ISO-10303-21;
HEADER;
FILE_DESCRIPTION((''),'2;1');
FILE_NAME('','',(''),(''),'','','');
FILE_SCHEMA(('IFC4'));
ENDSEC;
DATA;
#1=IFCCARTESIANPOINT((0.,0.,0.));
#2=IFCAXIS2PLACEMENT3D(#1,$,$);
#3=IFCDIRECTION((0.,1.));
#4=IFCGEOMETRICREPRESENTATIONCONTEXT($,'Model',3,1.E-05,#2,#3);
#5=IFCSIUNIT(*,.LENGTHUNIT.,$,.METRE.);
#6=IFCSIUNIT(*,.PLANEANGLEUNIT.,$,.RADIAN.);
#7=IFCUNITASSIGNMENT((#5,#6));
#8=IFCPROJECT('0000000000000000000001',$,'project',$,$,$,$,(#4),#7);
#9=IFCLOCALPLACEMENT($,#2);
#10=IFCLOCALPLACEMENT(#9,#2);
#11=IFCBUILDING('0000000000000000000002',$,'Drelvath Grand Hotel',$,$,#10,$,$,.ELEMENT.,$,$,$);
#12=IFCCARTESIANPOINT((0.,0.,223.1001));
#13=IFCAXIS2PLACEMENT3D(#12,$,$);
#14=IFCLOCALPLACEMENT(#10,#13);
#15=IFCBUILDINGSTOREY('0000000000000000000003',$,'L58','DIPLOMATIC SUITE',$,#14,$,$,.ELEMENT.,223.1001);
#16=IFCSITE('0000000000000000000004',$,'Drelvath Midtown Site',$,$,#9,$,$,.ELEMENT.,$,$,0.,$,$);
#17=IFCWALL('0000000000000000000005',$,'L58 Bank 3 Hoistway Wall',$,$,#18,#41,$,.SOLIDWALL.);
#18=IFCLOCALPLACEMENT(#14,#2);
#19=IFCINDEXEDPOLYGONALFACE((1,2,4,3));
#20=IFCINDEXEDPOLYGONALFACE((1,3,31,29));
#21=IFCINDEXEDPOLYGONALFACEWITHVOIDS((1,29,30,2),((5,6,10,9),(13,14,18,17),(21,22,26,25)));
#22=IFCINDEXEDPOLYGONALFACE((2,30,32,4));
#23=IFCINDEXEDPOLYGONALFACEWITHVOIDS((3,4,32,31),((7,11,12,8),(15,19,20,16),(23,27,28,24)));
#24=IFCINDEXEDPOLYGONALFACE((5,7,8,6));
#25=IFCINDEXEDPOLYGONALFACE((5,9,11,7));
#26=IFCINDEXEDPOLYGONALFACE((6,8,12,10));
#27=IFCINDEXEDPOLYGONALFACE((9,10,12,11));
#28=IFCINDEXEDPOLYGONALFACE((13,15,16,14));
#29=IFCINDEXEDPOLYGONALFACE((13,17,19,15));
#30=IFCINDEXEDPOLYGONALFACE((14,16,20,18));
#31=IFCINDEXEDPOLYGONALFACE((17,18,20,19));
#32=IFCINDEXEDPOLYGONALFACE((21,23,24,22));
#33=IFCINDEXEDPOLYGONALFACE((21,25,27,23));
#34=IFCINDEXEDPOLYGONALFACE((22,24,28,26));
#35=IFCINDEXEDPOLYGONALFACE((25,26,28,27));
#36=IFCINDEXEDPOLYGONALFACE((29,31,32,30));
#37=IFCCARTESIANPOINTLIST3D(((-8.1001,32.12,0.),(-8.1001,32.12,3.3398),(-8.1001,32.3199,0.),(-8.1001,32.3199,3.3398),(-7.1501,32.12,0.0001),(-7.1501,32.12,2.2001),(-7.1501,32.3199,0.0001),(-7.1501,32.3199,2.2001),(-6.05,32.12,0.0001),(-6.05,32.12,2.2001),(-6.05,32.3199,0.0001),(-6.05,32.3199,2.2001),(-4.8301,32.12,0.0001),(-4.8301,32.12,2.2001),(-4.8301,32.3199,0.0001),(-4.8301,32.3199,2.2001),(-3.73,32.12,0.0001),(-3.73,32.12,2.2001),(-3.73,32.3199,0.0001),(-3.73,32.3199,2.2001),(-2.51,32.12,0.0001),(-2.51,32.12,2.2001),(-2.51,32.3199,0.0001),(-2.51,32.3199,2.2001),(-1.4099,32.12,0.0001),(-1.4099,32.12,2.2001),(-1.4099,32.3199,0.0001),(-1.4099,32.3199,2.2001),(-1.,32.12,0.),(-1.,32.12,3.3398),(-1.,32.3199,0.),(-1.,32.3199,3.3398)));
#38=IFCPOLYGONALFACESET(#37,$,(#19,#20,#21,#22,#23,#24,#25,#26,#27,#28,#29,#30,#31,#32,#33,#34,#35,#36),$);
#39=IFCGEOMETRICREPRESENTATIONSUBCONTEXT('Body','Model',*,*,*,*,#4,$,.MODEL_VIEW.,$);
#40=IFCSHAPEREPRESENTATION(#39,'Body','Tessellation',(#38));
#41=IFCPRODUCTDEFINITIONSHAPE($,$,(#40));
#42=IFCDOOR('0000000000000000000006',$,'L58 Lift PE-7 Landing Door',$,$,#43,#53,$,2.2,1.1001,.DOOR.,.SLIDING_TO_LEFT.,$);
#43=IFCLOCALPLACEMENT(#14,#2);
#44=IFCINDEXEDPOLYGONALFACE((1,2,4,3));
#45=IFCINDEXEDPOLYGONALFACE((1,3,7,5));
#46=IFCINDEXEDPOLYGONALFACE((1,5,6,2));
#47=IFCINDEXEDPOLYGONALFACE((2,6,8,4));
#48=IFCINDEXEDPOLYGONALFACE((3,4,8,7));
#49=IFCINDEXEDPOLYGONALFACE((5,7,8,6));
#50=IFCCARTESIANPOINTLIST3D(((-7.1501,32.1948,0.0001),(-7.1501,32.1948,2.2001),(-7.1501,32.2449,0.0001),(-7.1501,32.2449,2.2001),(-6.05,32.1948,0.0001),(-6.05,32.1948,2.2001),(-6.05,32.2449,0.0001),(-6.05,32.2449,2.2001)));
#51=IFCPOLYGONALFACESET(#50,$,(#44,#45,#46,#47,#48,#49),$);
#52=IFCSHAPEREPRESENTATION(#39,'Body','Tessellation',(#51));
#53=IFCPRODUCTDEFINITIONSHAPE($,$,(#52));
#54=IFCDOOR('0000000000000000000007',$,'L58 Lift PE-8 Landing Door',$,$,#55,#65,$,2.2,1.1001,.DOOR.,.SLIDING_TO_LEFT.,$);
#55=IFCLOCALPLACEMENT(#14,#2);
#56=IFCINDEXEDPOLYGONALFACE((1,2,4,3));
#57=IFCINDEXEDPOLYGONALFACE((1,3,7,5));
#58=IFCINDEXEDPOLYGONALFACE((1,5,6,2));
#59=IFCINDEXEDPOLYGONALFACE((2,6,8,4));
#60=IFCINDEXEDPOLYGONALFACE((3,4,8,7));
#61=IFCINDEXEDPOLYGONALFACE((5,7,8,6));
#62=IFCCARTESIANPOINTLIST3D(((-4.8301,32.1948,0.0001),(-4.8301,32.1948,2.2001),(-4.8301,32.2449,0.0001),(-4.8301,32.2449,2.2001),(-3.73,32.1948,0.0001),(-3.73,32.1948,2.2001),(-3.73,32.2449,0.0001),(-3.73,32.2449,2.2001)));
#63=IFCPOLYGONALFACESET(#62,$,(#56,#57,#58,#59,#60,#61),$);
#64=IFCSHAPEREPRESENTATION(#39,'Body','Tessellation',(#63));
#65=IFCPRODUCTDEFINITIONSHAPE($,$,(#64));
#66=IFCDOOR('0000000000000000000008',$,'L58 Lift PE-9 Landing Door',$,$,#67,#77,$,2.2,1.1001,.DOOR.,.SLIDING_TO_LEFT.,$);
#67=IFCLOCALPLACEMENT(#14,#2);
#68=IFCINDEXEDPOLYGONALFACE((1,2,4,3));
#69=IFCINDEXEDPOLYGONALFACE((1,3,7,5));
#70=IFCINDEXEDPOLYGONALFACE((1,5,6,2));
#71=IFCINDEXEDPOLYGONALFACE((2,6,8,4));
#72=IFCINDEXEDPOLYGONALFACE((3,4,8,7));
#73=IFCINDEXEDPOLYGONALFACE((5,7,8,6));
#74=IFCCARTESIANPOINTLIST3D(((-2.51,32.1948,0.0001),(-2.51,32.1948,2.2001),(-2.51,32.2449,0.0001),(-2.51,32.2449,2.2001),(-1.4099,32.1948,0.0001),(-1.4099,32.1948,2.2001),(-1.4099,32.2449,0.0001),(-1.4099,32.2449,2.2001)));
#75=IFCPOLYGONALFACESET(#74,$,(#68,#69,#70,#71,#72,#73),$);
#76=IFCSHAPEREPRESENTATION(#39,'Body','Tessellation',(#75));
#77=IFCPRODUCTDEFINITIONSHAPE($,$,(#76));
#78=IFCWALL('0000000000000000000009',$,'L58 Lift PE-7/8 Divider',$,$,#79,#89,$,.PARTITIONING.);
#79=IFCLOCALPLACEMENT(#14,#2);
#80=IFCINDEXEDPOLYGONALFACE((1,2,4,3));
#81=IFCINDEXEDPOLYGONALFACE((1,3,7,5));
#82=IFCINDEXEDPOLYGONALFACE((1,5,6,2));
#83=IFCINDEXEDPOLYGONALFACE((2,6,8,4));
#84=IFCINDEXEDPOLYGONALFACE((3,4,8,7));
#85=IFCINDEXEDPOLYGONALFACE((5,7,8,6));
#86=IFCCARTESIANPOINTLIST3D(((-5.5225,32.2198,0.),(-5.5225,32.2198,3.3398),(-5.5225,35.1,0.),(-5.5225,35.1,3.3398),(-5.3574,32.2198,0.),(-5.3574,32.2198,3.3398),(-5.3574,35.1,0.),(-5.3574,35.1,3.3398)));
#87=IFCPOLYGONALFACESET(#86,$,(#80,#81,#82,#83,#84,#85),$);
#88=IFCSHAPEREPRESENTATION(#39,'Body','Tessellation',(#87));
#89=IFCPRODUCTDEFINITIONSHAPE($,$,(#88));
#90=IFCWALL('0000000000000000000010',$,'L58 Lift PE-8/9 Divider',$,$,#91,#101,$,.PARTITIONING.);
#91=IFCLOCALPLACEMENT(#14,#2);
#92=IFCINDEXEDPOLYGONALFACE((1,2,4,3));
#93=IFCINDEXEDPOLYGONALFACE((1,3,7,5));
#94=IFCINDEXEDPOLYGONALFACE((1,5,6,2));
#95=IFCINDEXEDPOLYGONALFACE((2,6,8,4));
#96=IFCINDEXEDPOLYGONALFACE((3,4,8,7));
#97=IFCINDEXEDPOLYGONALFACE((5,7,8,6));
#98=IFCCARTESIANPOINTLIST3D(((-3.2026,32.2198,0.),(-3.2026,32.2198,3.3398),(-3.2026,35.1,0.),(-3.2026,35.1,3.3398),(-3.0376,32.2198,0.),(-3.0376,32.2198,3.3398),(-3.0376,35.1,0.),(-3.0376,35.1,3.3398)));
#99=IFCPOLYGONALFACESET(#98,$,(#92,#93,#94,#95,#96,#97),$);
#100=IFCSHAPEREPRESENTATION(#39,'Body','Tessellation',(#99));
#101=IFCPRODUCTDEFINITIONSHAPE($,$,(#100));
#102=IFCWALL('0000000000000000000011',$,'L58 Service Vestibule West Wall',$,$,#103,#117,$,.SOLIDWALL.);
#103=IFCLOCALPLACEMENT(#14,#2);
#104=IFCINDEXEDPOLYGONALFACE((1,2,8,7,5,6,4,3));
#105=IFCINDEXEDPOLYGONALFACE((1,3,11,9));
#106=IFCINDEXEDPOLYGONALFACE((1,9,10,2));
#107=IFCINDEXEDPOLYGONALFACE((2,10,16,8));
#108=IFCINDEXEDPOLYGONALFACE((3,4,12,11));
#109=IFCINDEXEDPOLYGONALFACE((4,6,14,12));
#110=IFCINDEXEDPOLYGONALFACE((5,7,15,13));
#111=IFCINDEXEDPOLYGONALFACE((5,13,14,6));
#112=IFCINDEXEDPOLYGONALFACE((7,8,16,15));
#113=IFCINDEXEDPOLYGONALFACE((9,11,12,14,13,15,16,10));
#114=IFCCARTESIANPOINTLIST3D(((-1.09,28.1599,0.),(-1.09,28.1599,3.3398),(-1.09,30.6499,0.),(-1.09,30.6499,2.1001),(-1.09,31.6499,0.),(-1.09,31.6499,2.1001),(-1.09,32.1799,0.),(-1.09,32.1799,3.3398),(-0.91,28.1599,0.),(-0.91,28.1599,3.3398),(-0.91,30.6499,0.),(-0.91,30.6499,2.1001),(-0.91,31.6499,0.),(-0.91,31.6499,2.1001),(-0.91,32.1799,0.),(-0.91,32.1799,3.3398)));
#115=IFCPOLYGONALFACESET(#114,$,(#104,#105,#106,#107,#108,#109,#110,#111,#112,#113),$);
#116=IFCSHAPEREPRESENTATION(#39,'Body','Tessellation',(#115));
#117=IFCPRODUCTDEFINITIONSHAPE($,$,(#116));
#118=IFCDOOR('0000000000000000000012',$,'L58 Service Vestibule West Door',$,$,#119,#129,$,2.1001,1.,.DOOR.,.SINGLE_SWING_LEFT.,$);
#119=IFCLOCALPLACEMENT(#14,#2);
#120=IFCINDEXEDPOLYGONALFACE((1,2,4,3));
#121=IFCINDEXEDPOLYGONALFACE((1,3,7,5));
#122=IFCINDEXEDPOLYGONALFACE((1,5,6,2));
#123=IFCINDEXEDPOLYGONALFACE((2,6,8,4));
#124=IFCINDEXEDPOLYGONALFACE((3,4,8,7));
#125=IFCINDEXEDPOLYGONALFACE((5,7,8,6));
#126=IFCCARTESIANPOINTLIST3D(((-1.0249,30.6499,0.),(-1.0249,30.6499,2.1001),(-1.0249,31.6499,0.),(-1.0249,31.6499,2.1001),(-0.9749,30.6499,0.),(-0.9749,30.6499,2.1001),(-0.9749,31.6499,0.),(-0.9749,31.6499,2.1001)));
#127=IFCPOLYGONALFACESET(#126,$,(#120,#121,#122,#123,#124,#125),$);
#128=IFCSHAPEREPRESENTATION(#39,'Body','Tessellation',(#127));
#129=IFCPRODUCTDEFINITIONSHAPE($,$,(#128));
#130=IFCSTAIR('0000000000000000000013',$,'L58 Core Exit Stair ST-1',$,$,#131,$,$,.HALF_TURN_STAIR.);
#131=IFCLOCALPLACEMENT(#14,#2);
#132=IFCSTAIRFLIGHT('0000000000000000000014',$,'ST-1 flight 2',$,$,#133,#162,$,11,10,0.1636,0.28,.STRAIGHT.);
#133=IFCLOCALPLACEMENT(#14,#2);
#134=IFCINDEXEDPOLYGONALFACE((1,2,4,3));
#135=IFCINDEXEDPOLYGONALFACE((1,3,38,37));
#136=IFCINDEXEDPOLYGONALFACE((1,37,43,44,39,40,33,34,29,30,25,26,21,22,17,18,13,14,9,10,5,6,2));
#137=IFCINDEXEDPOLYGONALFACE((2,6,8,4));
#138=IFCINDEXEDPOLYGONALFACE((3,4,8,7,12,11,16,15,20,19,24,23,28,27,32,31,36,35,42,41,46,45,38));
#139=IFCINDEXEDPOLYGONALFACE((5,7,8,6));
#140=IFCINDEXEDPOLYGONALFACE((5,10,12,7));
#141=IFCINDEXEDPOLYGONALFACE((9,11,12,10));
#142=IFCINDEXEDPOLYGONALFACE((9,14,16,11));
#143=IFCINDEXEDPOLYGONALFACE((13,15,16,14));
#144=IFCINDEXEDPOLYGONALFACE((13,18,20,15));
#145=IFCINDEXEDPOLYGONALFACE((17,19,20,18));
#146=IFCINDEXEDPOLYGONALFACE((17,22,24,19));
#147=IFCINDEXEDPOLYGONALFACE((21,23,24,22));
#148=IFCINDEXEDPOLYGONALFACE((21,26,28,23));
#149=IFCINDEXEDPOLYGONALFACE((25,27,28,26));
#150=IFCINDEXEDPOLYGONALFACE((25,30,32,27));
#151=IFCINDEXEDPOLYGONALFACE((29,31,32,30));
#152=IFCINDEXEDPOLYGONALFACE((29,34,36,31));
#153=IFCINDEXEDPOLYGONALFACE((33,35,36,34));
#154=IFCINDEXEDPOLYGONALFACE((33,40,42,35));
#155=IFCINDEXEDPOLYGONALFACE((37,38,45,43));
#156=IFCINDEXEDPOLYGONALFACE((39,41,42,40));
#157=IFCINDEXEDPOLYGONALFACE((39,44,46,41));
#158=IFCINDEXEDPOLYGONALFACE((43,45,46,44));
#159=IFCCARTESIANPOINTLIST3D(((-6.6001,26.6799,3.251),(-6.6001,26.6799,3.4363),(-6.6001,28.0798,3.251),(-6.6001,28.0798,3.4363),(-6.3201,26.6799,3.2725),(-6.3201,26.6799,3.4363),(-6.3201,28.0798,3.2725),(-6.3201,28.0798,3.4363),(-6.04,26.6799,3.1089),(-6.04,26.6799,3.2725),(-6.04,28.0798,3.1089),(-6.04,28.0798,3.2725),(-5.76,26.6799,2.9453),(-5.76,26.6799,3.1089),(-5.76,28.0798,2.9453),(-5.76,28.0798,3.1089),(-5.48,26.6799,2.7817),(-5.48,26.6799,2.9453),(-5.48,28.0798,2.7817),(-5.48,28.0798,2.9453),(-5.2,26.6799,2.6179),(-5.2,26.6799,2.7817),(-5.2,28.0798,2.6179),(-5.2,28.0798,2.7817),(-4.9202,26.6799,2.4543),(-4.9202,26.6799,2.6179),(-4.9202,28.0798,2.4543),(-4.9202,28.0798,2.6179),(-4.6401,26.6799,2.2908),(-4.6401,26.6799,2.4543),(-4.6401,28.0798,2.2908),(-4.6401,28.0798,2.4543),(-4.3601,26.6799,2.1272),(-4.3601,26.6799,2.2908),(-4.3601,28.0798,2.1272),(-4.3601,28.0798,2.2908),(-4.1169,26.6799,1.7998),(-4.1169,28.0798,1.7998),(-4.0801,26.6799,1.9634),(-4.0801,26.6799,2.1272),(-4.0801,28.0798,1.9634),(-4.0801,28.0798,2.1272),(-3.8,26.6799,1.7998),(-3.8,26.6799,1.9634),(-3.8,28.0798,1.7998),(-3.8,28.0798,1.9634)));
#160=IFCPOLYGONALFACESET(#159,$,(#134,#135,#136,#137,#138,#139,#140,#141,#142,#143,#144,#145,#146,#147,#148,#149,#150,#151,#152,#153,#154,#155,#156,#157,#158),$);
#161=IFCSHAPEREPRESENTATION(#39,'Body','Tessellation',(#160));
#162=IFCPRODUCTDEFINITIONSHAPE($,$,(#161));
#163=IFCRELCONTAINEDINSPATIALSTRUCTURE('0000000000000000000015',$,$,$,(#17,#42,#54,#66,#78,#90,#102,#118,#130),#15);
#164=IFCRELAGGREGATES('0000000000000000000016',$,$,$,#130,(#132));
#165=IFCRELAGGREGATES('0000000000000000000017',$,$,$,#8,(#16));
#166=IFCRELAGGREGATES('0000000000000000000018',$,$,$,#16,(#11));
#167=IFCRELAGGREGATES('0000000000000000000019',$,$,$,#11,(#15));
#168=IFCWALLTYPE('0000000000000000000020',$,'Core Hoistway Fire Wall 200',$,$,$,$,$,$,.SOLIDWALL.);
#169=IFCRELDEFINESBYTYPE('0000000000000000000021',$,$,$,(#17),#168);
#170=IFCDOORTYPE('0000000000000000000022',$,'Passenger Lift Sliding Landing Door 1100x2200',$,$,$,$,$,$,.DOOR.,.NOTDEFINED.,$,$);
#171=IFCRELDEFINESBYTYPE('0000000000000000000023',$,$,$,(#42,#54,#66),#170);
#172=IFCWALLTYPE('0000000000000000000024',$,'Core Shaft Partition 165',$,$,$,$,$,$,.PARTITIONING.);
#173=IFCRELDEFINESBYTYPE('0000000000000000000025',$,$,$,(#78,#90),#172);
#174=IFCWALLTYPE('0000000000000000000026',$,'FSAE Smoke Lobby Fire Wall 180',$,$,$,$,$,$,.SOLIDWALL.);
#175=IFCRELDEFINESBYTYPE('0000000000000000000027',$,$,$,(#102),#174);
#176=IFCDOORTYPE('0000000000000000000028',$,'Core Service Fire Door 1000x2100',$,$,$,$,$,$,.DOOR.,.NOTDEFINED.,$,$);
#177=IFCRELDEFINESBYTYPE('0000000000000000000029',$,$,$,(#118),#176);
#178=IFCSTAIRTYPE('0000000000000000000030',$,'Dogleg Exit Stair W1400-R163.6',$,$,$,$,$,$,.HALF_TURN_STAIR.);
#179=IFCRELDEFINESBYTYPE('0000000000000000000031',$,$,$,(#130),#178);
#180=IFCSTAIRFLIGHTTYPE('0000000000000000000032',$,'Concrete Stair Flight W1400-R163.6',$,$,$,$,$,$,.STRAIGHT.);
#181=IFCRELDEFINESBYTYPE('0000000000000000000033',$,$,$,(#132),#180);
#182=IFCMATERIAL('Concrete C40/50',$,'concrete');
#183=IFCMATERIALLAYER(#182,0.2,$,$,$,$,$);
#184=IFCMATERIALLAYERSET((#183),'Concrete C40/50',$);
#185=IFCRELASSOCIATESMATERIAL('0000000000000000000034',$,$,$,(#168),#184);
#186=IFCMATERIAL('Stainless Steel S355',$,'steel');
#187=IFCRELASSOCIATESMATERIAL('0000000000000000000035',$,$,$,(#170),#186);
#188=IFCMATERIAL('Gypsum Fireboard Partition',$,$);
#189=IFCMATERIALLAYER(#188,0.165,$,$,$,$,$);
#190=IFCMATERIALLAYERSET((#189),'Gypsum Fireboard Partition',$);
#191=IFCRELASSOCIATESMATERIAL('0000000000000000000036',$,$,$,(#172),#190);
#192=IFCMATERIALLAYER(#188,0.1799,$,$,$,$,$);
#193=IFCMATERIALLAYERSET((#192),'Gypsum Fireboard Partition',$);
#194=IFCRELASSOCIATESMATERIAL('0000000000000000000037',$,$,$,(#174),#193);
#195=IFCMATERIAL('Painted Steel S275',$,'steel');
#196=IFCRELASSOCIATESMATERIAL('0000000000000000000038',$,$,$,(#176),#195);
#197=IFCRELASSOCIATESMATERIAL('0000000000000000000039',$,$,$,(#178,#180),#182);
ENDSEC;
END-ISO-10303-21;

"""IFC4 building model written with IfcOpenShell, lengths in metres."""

from ifc_helpers import new_model, si_unit, direction, frame, frame_2d, origin, place, context, subcontext, project, spatial, polyline, rectangle, outline, extrude, material, layer, layer_set, type_object, element, fill, aggregate, save


model = new_model("IFC4")

# Units and contexts
model_context = context("Model", 3, precision=1e-05, world=origin(), true_north=direction((0.0, 1.0)))
body_context = subcontext(model_context, "Body", "Model", "MODEL_VIEW")
ifc_project = project(units=[si_unit("LENGTHUNIT", "METRE"), si_unit("PLANEANGLEUNIT", "RADIAN")], contexts=[model_context])

# Site, building, storey
site_placement = place(None, origin())
site = spatial("IfcSite", under=ifc_project, at=site_placement, Name="Drelvath Midtown Site", CompositionType="ELEMENT", RefElevation=0.0)
building_placement = place(site_placement, origin())
building = spatial("IfcBuilding", under=site, at=building_placement, Name="Drelvath Grand Hotel", CompositionType="ELEMENT")
storey_placement = place(building_placement, frame((0.0, 0.0, 223.1001)))
storey = spatial("IfcBuildingStorey", under=building, at=storey_placement, Name="L58", Description="DIPLOMATIC SUITE", CompositionType="ELEMENT", Elevation=223.1001)

# Shared definitions
ifc_material_1 = material(Name="Painted Steel S275", Category="steel")

# Shared definitions
ifc_material_2 = material(Name="Concrete C40/50", Category="concrete")
ifc_layer_1 = layer(ifc_material_2, 0.2)
ifc_layer_set_1 = layer_set([ifc_layer_1], Name="Concrete C40/50")
wall_type_1 = type_object("IfcWallType", Name="Core Hoistway Fire Wall 200", PredefinedType="SOLIDWALL", material=ifc_layer_set_1)
ifc_material_3 = material(Name="Stainless Steel S355", Category="steel")

# Wall, openings, doors
wall_1_placement = place(storey_placement, frame((-8.1001, 32.22, 0.0), z_axis=(0.0, 0.0, 1.0), x_axis=(1.0, 0.0, 0.0)))
wall_1 = element("IfcWall", 1, at=wall_1_placement, inside=storey, type_object=wall_type_1, Name="L58 Bank 3 Hoistway Wall", PredefinedType="SOLIDWALL", context=body_context, shape_type="SweptSolid", body=[
    extrude(rectangle(XDim=7.1001, YDim=0.2, at=frame_2d((3.55, 0.0))), origin(), (0.0, 0.0, 1.0), 3.3398),
])
opening_1_placement = place(wall_1_placement, frame((0.95, 0.0, 0.0)))
opening_1 = element("IfcOpeningElement", 2, at=opening_1_placement, cuts=wall_1, PredefinedType="OPENING", context=body_context, shape_type="SweptSolid", body=[
    extrude(rectangle(XDim=1.1001, YDim=2.2, at=frame_2d((0.55, 1.1001))), frame((0.0, 0.1099, 0.0), z_axis=(0.0, -1.0, 0.0), x_axis=(1.0, 0.0, 0.0)), (0.0, 0.0, 1.0), 0.22),
])
opening_2_placement = place(wall_1_placement, frame((3.27, 0.0, 0.0)))
opening_2 = element("IfcOpeningElement", 3, at=opening_2_placement, cuts=wall_1, PredefinedType="OPENING", context=body_context, shape_type="SweptSolid", body=[
    extrude(rectangle(XDim=1.1001, YDim=2.2, at=frame_2d((0.55, 1.1001))), frame((0.0, 0.1099, 0.0), z_axis=(0.0, -1.0, 0.0), x_axis=(1.0, 0.0, 0.0)), (0.0, 0.0, 1.0), 0.22),
])
opening_3_placement = place(wall_1_placement, frame((5.5901, 0.0, 0.0)))
opening_3 = element("IfcOpeningElement", 4, at=opening_3_placement, cuts=wall_1, PredefinedType="OPENING", context=body_context, shape_type="SweptSolid", body=[
    extrude(rectangle(XDim=1.1001, YDim=2.2, at=frame_2d((0.55, 1.1001))), frame((0.0, 0.1099, 0.0), z_axis=(0.0, -1.0, 0.0), x_axis=(1.0, 0.0, 0.0)), (0.0, 0.0, 1.0), 0.22),
])
door_type_1 = type_object("IfcDoorType", Name="Passenger Lift Sliding Landing Door 1100x2200", OperationType="NOTDEFINED", PredefinedType="DOOR", material=ifc_material_3)
door_1_placement = place(opening_1_placement, origin())
door_1 = element("IfcDoor", 5, at=door_1_placement, inside=storey, type_object=door_type_1, Name="L58 Lift PE-7 Landing Door", OperationType="SLIDING_TO_LEFT", OverallHeight=2.2, OverallWidth=1.1001, PredefinedType="DOOR", context=body_context, shape_type="SweptSolid", body=[
    extrude(rectangle(XDim=1.1001, YDim=2.2, at=frame_2d((0.55, 1.1001))), frame((0.0, 0.0249, 0.0), z_axis=(0.0, -1.0, 0.0), x_axis=(1.0, 0.0, 0.0)), (0.0, 0.0, 1.0), 0.05),
])
fill(opening_1, door_1)
door_2_placement = place(opening_2_placement, origin())
door_2 = element("IfcDoor", 6, at=door_2_placement, inside=storey, type_object=door_type_1, Name="L58 Lift PE-8 Landing Door", OperationType="SLIDING_TO_LEFT", OverallHeight=2.2, OverallWidth=1.1001, PredefinedType="DOOR", context=body_context, shape_type="SweptSolid", body=[
    extrude(rectangle(XDim=1.1001, YDim=2.2, at=frame_2d((0.55, 1.1001))), frame((0.0, 0.0249, 0.0), z_axis=(0.0, -1.0, 0.0), x_axis=(1.0, 0.0, 0.0)), (0.0, 0.0, 1.0), 0.05),
])
fill(opening_2, door_2)
door_3_placement = place(opening_3_placement, origin())
door_3 = element("IfcDoor", 7, at=door_3_placement, inside=storey, type_object=door_type_1, Name="L58 Lift PE-9 Landing Door", OperationType="SLIDING_TO_LEFT", OverallHeight=2.2, OverallWidth=1.1001, PredefinedType="DOOR", context=body_context, shape_type="SweptSolid", body=[
    extrude(rectangle(XDim=1.1001, YDim=2.2, at=frame_2d((0.55, 1.1001))), frame((0.0, 0.0249, 0.0), z_axis=(0.0, -1.0, 0.0), x_axis=(1.0, 0.0, 0.0)), (0.0, 0.0, 1.0), 0.05),
])
fill(opening_3, door_3)

# Walls
ifc_material_4 = material(Name="Gypsum Fireboard Partition")
ifc_layer_2 = layer(ifc_material_4, 0.165)
ifc_layer_set_2 = layer_set([ifc_layer_2], Name="Gypsum Fireboard Partition")
wall_type_2 = type_object("IfcWallType", Name="Core Shaft Partition 165", PredefinedType="PARTITIONING", material=ifc_layer_set_2)
for number, where, z_axis, x_axis, name in (
    (8, (-5.4399, 32.22, 0.0), (0.0, 0.0, 1.0), (0.0, 1.0, 0.0), "L58 Lift PE-7/8 Divider"),
    (9, (-3.1201, 32.22, 0.0), (0.0, 0.0, 1.0), (0.0, 1.0, 0.0), "L58 Lift PE-8/9 Divider"),
):
    element("IfcWall", number, at=place(storey_placement, frame(where, z_axis=z_axis, x_axis=x_axis)), inside=storey, type_object=wall_type_2, Name=name, PredefinedType="PARTITIONING", context=body_context, shape_type="SweptSolid", body=[
        extrude(rectangle(XDim=2.8801, YDim=0.165, at=frame_2d((1.4399, 0.0))), origin(), (0.0, 0.0, 1.0), 3.3398),
    ])

# Wall, opening, door
ifc_layer_3 = layer(ifc_material_4, 0.1799)
ifc_layer_set_3 = layer_set([ifc_layer_3], Name="Gypsum Fireboard Partition")
wall_type_3 = type_object("IfcWallType", Name="FSAE Smoke Lobby Fire Wall 180", PredefinedType="SOLIDWALL", material=ifc_layer_set_3)
wall_2_placement = place(storey_placement, frame((-1.0, 28.1599, 0.0), z_axis=(0.0, 0.0, 1.0), x_axis=(0.0, 1.0, 0.0)))
wall_2 = element("IfcWall", 10, at=wall_2_placement, inside=storey, type_object=wall_type_3, Name="L58 Service Vestibule West Wall", PredefinedType="SOLIDWALL", context=body_context, shape_type="SweptSolid", body=[
    extrude(rectangle(XDim=4.02, YDim=0.1799, at=frame_2d((2.01, 0.0))), origin(), (0.0, 0.0, 1.0), 3.3398),
])
opening_4_placement = place(wall_2_placement, frame((2.49, 0.0, 0.0)))
opening_4 = element("IfcOpeningElement", 11, at=opening_4_placement, cuts=wall_2, PredefinedType="OPENING", context=body_context, shape_type="SweptSolid", body=[
    extrude(rectangle(XDim=1.0, YDim=2.1001, at=frame_2d((0.5, 1.05))), frame((0.0, 0.0999, 0.0), z_axis=(0.0, -1.0, 0.0), x_axis=(1.0, 0.0, 0.0)), (0.0, 0.0, 1.0), 0.2),
])
door_type_2 = type_object("IfcDoorType", Name="Core Service Fire Door 1000x2100", OperationType="NOTDEFINED", PredefinedType="DOOR", material=ifc_material_1)
door_4_placement = place(opening_4_placement, origin())
door_4 = element("IfcDoor", 12, at=door_4_placement, inside=storey, type_object=door_type_2, Name="L58 Service Vestibule West Door", OperationType="SINGLE_SWING_LEFT", OverallHeight=2.1001, OverallWidth=1.0, PredefinedType="DOOR", context=body_context, shape_type="SweptSolid", body=[
    extrude(rectangle(XDim=1.0, YDim=2.1001, at=frame_2d((0.5, 1.05))), frame((0.0, 0.0249, 0.0), z_axis=(0.0, -1.0, 0.0), x_axis=(1.0, 0.0, 0.0)), (0.0, 0.0, 1.0), 0.05),
])
fill(opening_4, door_4)

# Stair, stair flight
stair_type = type_object("IfcStairType", Name="Dogleg Exit Stair W1400-R163.6", PredefinedType="HALF_TURN_STAIR", material=ifc_material_2)
stair_placement = place(storey_placement, origin())
stair = element("IfcStair", 13, at=stair_placement, inside=storey, type_object=stair_type, Name="L58 Core Exit Stair ST-1", PredefinedType="HALF_TURN_STAIR")
stair_flight_type = type_object("IfcStairFlightType", Name="Concrete Stair Flight W1400-R163.6", PredefinedType="STRAIGHT", material=ifc_material_2)
stair_flight_placement = place(storey_placement, frame((-3.8, 27.3799, 1.7998), z_axis=(0.0, 0.0, 1.0), x_axis=(-1.0, 0.0, 0.0)))
stair_flight = element("IfcStairFlight", 14, at=stair_flight_placement, type_object=stair_flight_type, Name="ST-1 flight 2", NumberOfRisers=11, NumberOfTreads=10, PredefinedType="STRAIGHT", RiserHeight=0.1636, TreadLength=0.28, context=body_context, shape_type="SweptSolid", body=[
    extrude(outline(polyline([(0.0, 0.0), (0.0, 0.1636), (0.28, 0.1636), (0.28, 0.3274), (0.5601, 0.3274), (0.5601, 0.491), (0.8401, 0.491), (0.8401, 0.6545), (1.1201, 0.6545), (1.1201, 0.8181), (1.3999, 0.8181), (1.3999, 0.9819), (1.6799, 0.9819), (1.6799, 1.1455), (1.96, 1.1455), (1.96, 1.3091), (2.24, 1.3091), (2.24, 1.4727), (2.52, 1.4727), (2.52, 1.6365), (2.8, 1.6365), (2.8, 1.8), (2.8, 1.4512), (0.3169, 0.0), (0.0, 0.0)])), frame((0.0, 0.7, 0.0), z_axis=(0.0, -1.0, 0.0), x_axis=(1.0, 0.0, 0.0)), (0.0, 0.0, 1.0), 1.3999),
])
aggregate(stair, [stair_flight])

save(model, "model.ifc")
